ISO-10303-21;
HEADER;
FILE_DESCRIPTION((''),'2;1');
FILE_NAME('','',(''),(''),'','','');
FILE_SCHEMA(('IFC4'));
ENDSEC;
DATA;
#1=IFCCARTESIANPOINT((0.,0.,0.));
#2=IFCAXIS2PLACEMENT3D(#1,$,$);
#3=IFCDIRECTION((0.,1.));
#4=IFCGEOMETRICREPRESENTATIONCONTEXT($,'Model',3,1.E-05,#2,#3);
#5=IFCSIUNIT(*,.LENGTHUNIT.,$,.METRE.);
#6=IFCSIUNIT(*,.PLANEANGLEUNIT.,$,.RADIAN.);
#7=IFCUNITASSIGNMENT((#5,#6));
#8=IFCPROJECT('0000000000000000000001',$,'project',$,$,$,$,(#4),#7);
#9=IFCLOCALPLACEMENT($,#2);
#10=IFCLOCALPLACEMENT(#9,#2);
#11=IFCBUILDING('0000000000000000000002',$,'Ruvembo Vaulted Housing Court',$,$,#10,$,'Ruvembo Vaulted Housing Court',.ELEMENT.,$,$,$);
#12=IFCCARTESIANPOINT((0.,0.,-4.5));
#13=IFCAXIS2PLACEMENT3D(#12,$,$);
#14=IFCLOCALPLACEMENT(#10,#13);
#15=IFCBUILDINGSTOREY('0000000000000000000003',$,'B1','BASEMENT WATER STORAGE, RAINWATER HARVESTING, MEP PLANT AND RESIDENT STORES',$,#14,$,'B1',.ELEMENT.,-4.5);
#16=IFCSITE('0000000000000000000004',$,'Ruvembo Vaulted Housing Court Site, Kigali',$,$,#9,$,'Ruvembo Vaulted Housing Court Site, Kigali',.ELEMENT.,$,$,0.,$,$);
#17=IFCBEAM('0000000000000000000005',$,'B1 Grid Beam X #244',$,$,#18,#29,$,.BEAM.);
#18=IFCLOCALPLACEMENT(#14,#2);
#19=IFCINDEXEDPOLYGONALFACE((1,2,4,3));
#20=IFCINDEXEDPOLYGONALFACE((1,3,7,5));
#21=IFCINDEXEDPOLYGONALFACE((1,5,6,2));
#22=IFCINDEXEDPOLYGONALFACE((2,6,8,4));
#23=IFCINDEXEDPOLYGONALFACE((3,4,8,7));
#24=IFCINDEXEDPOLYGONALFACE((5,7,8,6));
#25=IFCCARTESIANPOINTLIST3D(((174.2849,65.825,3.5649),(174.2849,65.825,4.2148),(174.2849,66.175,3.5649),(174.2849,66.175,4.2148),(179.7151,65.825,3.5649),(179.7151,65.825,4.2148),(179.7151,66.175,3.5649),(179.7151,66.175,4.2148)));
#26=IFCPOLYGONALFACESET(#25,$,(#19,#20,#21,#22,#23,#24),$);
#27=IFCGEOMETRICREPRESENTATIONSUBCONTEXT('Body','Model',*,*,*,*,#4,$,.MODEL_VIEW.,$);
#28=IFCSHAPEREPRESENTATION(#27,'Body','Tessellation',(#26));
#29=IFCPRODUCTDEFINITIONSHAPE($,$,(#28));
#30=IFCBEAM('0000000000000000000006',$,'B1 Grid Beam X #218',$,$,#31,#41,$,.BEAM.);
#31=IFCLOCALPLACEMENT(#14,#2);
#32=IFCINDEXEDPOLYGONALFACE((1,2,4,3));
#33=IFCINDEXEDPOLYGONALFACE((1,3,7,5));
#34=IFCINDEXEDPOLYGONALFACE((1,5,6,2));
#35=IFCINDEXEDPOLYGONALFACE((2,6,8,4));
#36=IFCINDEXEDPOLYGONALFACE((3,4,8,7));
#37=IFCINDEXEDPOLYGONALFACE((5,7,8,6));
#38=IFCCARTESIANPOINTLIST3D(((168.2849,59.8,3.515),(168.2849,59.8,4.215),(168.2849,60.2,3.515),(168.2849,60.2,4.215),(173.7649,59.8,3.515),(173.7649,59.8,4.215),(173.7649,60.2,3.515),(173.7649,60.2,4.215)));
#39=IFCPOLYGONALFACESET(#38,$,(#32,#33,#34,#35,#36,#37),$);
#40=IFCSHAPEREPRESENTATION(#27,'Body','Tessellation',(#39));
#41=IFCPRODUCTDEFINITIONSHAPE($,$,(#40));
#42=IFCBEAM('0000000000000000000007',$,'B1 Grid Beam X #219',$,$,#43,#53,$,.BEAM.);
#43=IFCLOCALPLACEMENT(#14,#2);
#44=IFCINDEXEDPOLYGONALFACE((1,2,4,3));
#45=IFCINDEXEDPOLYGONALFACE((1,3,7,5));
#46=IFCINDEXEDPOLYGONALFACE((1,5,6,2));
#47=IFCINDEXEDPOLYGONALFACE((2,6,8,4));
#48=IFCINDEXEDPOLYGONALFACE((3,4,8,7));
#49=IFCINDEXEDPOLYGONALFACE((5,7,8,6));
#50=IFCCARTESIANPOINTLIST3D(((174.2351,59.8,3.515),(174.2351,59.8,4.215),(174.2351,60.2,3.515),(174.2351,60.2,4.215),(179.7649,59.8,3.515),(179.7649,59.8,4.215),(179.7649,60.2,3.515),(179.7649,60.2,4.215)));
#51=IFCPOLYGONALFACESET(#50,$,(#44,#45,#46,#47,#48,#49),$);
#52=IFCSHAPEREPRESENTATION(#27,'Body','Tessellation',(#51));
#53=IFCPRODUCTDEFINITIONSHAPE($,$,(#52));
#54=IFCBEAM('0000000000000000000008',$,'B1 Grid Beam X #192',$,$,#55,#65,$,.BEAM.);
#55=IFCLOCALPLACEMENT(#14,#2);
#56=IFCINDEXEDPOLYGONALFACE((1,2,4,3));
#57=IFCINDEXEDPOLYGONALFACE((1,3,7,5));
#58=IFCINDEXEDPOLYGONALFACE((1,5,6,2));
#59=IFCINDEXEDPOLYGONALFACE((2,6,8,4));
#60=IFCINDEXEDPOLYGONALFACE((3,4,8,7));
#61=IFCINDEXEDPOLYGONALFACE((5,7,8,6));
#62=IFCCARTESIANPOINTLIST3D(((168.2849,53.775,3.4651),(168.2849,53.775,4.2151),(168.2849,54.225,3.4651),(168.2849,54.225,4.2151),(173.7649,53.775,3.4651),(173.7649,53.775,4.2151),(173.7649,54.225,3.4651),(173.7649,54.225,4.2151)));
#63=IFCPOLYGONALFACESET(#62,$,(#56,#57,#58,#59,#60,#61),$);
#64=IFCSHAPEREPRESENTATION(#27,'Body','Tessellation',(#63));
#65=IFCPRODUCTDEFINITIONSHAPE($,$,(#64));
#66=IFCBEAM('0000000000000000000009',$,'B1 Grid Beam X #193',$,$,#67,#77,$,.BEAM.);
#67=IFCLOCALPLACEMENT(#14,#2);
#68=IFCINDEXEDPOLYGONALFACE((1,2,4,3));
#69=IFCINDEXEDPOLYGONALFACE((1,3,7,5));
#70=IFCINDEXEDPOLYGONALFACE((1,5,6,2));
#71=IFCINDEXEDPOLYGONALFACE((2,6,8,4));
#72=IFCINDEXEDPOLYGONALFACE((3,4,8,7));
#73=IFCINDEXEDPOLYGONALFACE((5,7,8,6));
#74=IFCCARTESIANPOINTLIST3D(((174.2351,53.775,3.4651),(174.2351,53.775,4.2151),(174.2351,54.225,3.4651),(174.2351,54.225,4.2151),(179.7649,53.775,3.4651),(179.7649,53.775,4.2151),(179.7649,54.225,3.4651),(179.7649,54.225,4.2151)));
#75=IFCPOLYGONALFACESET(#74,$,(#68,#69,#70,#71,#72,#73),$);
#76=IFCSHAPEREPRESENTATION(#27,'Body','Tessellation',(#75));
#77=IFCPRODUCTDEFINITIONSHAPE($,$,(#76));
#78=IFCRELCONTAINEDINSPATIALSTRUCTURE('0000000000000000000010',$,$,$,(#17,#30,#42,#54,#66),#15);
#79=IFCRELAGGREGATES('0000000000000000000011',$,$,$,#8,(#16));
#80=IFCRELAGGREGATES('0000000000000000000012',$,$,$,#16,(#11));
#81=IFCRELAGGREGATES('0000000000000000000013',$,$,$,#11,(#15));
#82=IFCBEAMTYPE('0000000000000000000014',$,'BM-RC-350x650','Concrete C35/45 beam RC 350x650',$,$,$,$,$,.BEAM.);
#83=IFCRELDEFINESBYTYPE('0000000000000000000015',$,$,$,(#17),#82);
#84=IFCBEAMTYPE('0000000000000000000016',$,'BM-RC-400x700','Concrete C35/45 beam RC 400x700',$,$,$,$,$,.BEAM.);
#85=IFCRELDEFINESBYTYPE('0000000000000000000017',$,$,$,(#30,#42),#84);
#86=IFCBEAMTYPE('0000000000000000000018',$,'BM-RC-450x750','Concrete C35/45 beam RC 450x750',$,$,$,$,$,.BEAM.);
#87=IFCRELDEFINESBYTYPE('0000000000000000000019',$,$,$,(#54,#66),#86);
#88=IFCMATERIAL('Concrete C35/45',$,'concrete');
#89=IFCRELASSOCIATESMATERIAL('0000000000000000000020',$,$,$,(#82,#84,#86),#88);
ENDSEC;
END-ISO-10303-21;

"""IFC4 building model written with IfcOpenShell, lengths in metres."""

from ifc_helpers import new_model, si_unit, direction, frame, origin, origin_2d, place, context, subcontext, project, spatial, rectangle, extrude, material, material_profile, profile_set, type_object, element, save


model = new_model("IFC4")

# Units and contexts
model_context = context("Model", 3, precision=1e-05, world=origin(), true_north=direction((0.0, 1.0)))
body_context = subcontext(model_context, "Body", "Model", "MODEL_VIEW")
ifc_project = project(units=[si_unit("LENGTHUNIT", "METRE"), si_unit("PLANEANGLEUNIT", "RADIAN")], contexts=[model_context])

# Site, building, storey
site_placement = place(None, origin())
site = spatial("IfcSite", under=ifc_project, at=site_placement, Name="Ruvembo Vaulted Housing Court Site, Kigali", LongName="Ruvembo Vaulted Housing Court Site, Kigali", CompositionType="ELEMENT", RefElevation=0.0)
building_placement = place(site_placement, origin())
building = spatial("IfcBuilding", under=site, at=building_placement, Name="Ruvembo Vaulted Housing Court", LongName="Ruvembo Vaulted Housing Court", CompositionType="ELEMENT")
storey_placement = place(building_placement, frame((0.0, 0.0, -4.5)))
storey = spatial("IfcBuildingStorey", under=building, at=storey_placement, Name="B1", Description="BASEMENT WATER STORAGE, RAINWATER HARVESTING, MEP PLANT AND RESIDENT STORES", LongName="B1", CompositionType="ELEMENT", Elevation=-4.5)

# Shared definitions
ifc_material_1 = material(Name="Concrete C35/45", Category="concrete")

# Beams
ifc_material_profile_1 = material_profile(ifc_material_1, rectangle(XDim=0.3501, YDim=0.6499, at=origin_2d()), Name="RC 350x650")
ifc_profile_set_1 = profile_set([ifc_material_profile_1], Name="Concrete C35/45")
beam_type_1 = type_object("IfcBeamType", Name="BM-RC-350x650", Description="Concrete C35/45 beam RC 350x650", PredefinedType="BEAM", material=ifc_profile_set_1)
for number, where, z_axis, x_axis, name in (
    (1, (174.2849, 66.0, 3.8899), (1.0, 0.0, 0.0), (0.0, 1.0, 0.0), "B1 Grid Beam X #244"),
):
    element("IfcBeam", number, at=place(storey_placement, frame(where, z_axis=z_axis, x_axis=x_axis)), inside=storey, type_object=beam_type_1, Name=name, PredefinedType="BEAM", context=body_context, shape_type="SweptSolid", body=[
        extrude(rectangle(XDim=0.3501, YDim=0.6499, at=origin_2d()), origin(), (0.0, 0.0, 1.0), 5.4302),
    ])
ifc_material_profile_2 = material_profile(ifc_material_1, rectangle(XDim=0.3999, YDim=0.7, at=origin_2d()), Name="RC 400x700")
ifc_profile_set_2 = profile_set([ifc_material_profile_2], Name="Concrete C35/45")
beam_type_2 = type_object("IfcBeamType", Name="BM-RC-400x700", Description="Concrete C35/45 beam RC 400x700", PredefinedType="BEAM", material=ifc_profile_set_2)
beam_1_placement = place(storey_placement, frame((168.2849, 60.0, 3.865), z_axis=(1.0, 0.0, 0.0), x_axis=(0.0, 1.0, 0.0)))
element("IfcBeam", 2, at=beam_1_placement, inside=storey, type_object=beam_type_2, Name="B1 Grid Beam X #218", PredefinedType="BEAM", context=body_context, shape_type="SweptSolid", body=[
    extrude(rectangle(XDim=0.3999, YDim=0.7, at=origin_2d()), origin(), (0.0, 0.0, 1.0), 5.48),
])
beam_2_placement = place(storey_placement, frame((174.2351, 60.0, 3.865), z_axis=(1.0, 0.0, 0.0), x_axis=(0.0, 1.0, 0.0)))
element("IfcBeam", 3, at=beam_2_placement, inside=storey, type_object=beam_type_2, Name="B1 Grid Beam X #219", PredefinedType="BEAM", context=body_context, shape_type="SweptSolid", body=[
    extrude(rectangle(XDim=0.3999, YDim=0.7, at=origin_2d()), origin(), (0.0, 0.0, 1.0), 5.5298),
])
ifc_material_profile_3 = material_profile(ifc_material_1, rectangle(XDim=0.45, YDim=0.75, at=origin_2d()), Name="RC 450x750")
ifc_profile_set_3 = profile_set([ifc_material_profile_3], Name="Concrete C35/45")
beam_type_3 = type_object("IfcBeamType", Name="BM-RC-450x750", Description="Concrete C35/45 beam RC 450x750", PredefinedType="BEAM", material=ifc_profile_set_3)
beam_3_placement = place(storey_placement, frame((168.2849, 54.0, 3.8401), z_axis=(1.0, 0.0, 0.0), x_axis=(0.0, 1.0, 0.0)))
element("IfcBeam", 4, at=beam_3_placement, inside=storey, type_object=beam_type_3, Name="B1 Grid Beam X #192", PredefinedType="BEAM", context=body_context, shape_type="SweptSolid", body=[
    extrude(rectangle(XDim=0.45, YDim=0.75, at=origin_2d()), origin(), (0.0, 0.0, 1.0), 5.48),
])
beam_4_placement = place(storey_placement, frame((174.2351, 54.0, 3.8401), z_axis=(1.0, 0.0, 0.0), x_axis=(0.0, 1.0, 0.0)))
element("IfcBeam", 5, at=beam_4_placement, inside=storey, type_object=beam_type_3, Name="B1 Grid Beam X #193", PredefinedType="BEAM", context=body_context, shape_type="SweptSolid", body=[
    extrude(rectangle(XDim=0.45, YDim=0.75, at=origin_2d()), origin(), (0.0, 0.0, 1.0), 5.5298),
])

save(model, "model.ifc")
